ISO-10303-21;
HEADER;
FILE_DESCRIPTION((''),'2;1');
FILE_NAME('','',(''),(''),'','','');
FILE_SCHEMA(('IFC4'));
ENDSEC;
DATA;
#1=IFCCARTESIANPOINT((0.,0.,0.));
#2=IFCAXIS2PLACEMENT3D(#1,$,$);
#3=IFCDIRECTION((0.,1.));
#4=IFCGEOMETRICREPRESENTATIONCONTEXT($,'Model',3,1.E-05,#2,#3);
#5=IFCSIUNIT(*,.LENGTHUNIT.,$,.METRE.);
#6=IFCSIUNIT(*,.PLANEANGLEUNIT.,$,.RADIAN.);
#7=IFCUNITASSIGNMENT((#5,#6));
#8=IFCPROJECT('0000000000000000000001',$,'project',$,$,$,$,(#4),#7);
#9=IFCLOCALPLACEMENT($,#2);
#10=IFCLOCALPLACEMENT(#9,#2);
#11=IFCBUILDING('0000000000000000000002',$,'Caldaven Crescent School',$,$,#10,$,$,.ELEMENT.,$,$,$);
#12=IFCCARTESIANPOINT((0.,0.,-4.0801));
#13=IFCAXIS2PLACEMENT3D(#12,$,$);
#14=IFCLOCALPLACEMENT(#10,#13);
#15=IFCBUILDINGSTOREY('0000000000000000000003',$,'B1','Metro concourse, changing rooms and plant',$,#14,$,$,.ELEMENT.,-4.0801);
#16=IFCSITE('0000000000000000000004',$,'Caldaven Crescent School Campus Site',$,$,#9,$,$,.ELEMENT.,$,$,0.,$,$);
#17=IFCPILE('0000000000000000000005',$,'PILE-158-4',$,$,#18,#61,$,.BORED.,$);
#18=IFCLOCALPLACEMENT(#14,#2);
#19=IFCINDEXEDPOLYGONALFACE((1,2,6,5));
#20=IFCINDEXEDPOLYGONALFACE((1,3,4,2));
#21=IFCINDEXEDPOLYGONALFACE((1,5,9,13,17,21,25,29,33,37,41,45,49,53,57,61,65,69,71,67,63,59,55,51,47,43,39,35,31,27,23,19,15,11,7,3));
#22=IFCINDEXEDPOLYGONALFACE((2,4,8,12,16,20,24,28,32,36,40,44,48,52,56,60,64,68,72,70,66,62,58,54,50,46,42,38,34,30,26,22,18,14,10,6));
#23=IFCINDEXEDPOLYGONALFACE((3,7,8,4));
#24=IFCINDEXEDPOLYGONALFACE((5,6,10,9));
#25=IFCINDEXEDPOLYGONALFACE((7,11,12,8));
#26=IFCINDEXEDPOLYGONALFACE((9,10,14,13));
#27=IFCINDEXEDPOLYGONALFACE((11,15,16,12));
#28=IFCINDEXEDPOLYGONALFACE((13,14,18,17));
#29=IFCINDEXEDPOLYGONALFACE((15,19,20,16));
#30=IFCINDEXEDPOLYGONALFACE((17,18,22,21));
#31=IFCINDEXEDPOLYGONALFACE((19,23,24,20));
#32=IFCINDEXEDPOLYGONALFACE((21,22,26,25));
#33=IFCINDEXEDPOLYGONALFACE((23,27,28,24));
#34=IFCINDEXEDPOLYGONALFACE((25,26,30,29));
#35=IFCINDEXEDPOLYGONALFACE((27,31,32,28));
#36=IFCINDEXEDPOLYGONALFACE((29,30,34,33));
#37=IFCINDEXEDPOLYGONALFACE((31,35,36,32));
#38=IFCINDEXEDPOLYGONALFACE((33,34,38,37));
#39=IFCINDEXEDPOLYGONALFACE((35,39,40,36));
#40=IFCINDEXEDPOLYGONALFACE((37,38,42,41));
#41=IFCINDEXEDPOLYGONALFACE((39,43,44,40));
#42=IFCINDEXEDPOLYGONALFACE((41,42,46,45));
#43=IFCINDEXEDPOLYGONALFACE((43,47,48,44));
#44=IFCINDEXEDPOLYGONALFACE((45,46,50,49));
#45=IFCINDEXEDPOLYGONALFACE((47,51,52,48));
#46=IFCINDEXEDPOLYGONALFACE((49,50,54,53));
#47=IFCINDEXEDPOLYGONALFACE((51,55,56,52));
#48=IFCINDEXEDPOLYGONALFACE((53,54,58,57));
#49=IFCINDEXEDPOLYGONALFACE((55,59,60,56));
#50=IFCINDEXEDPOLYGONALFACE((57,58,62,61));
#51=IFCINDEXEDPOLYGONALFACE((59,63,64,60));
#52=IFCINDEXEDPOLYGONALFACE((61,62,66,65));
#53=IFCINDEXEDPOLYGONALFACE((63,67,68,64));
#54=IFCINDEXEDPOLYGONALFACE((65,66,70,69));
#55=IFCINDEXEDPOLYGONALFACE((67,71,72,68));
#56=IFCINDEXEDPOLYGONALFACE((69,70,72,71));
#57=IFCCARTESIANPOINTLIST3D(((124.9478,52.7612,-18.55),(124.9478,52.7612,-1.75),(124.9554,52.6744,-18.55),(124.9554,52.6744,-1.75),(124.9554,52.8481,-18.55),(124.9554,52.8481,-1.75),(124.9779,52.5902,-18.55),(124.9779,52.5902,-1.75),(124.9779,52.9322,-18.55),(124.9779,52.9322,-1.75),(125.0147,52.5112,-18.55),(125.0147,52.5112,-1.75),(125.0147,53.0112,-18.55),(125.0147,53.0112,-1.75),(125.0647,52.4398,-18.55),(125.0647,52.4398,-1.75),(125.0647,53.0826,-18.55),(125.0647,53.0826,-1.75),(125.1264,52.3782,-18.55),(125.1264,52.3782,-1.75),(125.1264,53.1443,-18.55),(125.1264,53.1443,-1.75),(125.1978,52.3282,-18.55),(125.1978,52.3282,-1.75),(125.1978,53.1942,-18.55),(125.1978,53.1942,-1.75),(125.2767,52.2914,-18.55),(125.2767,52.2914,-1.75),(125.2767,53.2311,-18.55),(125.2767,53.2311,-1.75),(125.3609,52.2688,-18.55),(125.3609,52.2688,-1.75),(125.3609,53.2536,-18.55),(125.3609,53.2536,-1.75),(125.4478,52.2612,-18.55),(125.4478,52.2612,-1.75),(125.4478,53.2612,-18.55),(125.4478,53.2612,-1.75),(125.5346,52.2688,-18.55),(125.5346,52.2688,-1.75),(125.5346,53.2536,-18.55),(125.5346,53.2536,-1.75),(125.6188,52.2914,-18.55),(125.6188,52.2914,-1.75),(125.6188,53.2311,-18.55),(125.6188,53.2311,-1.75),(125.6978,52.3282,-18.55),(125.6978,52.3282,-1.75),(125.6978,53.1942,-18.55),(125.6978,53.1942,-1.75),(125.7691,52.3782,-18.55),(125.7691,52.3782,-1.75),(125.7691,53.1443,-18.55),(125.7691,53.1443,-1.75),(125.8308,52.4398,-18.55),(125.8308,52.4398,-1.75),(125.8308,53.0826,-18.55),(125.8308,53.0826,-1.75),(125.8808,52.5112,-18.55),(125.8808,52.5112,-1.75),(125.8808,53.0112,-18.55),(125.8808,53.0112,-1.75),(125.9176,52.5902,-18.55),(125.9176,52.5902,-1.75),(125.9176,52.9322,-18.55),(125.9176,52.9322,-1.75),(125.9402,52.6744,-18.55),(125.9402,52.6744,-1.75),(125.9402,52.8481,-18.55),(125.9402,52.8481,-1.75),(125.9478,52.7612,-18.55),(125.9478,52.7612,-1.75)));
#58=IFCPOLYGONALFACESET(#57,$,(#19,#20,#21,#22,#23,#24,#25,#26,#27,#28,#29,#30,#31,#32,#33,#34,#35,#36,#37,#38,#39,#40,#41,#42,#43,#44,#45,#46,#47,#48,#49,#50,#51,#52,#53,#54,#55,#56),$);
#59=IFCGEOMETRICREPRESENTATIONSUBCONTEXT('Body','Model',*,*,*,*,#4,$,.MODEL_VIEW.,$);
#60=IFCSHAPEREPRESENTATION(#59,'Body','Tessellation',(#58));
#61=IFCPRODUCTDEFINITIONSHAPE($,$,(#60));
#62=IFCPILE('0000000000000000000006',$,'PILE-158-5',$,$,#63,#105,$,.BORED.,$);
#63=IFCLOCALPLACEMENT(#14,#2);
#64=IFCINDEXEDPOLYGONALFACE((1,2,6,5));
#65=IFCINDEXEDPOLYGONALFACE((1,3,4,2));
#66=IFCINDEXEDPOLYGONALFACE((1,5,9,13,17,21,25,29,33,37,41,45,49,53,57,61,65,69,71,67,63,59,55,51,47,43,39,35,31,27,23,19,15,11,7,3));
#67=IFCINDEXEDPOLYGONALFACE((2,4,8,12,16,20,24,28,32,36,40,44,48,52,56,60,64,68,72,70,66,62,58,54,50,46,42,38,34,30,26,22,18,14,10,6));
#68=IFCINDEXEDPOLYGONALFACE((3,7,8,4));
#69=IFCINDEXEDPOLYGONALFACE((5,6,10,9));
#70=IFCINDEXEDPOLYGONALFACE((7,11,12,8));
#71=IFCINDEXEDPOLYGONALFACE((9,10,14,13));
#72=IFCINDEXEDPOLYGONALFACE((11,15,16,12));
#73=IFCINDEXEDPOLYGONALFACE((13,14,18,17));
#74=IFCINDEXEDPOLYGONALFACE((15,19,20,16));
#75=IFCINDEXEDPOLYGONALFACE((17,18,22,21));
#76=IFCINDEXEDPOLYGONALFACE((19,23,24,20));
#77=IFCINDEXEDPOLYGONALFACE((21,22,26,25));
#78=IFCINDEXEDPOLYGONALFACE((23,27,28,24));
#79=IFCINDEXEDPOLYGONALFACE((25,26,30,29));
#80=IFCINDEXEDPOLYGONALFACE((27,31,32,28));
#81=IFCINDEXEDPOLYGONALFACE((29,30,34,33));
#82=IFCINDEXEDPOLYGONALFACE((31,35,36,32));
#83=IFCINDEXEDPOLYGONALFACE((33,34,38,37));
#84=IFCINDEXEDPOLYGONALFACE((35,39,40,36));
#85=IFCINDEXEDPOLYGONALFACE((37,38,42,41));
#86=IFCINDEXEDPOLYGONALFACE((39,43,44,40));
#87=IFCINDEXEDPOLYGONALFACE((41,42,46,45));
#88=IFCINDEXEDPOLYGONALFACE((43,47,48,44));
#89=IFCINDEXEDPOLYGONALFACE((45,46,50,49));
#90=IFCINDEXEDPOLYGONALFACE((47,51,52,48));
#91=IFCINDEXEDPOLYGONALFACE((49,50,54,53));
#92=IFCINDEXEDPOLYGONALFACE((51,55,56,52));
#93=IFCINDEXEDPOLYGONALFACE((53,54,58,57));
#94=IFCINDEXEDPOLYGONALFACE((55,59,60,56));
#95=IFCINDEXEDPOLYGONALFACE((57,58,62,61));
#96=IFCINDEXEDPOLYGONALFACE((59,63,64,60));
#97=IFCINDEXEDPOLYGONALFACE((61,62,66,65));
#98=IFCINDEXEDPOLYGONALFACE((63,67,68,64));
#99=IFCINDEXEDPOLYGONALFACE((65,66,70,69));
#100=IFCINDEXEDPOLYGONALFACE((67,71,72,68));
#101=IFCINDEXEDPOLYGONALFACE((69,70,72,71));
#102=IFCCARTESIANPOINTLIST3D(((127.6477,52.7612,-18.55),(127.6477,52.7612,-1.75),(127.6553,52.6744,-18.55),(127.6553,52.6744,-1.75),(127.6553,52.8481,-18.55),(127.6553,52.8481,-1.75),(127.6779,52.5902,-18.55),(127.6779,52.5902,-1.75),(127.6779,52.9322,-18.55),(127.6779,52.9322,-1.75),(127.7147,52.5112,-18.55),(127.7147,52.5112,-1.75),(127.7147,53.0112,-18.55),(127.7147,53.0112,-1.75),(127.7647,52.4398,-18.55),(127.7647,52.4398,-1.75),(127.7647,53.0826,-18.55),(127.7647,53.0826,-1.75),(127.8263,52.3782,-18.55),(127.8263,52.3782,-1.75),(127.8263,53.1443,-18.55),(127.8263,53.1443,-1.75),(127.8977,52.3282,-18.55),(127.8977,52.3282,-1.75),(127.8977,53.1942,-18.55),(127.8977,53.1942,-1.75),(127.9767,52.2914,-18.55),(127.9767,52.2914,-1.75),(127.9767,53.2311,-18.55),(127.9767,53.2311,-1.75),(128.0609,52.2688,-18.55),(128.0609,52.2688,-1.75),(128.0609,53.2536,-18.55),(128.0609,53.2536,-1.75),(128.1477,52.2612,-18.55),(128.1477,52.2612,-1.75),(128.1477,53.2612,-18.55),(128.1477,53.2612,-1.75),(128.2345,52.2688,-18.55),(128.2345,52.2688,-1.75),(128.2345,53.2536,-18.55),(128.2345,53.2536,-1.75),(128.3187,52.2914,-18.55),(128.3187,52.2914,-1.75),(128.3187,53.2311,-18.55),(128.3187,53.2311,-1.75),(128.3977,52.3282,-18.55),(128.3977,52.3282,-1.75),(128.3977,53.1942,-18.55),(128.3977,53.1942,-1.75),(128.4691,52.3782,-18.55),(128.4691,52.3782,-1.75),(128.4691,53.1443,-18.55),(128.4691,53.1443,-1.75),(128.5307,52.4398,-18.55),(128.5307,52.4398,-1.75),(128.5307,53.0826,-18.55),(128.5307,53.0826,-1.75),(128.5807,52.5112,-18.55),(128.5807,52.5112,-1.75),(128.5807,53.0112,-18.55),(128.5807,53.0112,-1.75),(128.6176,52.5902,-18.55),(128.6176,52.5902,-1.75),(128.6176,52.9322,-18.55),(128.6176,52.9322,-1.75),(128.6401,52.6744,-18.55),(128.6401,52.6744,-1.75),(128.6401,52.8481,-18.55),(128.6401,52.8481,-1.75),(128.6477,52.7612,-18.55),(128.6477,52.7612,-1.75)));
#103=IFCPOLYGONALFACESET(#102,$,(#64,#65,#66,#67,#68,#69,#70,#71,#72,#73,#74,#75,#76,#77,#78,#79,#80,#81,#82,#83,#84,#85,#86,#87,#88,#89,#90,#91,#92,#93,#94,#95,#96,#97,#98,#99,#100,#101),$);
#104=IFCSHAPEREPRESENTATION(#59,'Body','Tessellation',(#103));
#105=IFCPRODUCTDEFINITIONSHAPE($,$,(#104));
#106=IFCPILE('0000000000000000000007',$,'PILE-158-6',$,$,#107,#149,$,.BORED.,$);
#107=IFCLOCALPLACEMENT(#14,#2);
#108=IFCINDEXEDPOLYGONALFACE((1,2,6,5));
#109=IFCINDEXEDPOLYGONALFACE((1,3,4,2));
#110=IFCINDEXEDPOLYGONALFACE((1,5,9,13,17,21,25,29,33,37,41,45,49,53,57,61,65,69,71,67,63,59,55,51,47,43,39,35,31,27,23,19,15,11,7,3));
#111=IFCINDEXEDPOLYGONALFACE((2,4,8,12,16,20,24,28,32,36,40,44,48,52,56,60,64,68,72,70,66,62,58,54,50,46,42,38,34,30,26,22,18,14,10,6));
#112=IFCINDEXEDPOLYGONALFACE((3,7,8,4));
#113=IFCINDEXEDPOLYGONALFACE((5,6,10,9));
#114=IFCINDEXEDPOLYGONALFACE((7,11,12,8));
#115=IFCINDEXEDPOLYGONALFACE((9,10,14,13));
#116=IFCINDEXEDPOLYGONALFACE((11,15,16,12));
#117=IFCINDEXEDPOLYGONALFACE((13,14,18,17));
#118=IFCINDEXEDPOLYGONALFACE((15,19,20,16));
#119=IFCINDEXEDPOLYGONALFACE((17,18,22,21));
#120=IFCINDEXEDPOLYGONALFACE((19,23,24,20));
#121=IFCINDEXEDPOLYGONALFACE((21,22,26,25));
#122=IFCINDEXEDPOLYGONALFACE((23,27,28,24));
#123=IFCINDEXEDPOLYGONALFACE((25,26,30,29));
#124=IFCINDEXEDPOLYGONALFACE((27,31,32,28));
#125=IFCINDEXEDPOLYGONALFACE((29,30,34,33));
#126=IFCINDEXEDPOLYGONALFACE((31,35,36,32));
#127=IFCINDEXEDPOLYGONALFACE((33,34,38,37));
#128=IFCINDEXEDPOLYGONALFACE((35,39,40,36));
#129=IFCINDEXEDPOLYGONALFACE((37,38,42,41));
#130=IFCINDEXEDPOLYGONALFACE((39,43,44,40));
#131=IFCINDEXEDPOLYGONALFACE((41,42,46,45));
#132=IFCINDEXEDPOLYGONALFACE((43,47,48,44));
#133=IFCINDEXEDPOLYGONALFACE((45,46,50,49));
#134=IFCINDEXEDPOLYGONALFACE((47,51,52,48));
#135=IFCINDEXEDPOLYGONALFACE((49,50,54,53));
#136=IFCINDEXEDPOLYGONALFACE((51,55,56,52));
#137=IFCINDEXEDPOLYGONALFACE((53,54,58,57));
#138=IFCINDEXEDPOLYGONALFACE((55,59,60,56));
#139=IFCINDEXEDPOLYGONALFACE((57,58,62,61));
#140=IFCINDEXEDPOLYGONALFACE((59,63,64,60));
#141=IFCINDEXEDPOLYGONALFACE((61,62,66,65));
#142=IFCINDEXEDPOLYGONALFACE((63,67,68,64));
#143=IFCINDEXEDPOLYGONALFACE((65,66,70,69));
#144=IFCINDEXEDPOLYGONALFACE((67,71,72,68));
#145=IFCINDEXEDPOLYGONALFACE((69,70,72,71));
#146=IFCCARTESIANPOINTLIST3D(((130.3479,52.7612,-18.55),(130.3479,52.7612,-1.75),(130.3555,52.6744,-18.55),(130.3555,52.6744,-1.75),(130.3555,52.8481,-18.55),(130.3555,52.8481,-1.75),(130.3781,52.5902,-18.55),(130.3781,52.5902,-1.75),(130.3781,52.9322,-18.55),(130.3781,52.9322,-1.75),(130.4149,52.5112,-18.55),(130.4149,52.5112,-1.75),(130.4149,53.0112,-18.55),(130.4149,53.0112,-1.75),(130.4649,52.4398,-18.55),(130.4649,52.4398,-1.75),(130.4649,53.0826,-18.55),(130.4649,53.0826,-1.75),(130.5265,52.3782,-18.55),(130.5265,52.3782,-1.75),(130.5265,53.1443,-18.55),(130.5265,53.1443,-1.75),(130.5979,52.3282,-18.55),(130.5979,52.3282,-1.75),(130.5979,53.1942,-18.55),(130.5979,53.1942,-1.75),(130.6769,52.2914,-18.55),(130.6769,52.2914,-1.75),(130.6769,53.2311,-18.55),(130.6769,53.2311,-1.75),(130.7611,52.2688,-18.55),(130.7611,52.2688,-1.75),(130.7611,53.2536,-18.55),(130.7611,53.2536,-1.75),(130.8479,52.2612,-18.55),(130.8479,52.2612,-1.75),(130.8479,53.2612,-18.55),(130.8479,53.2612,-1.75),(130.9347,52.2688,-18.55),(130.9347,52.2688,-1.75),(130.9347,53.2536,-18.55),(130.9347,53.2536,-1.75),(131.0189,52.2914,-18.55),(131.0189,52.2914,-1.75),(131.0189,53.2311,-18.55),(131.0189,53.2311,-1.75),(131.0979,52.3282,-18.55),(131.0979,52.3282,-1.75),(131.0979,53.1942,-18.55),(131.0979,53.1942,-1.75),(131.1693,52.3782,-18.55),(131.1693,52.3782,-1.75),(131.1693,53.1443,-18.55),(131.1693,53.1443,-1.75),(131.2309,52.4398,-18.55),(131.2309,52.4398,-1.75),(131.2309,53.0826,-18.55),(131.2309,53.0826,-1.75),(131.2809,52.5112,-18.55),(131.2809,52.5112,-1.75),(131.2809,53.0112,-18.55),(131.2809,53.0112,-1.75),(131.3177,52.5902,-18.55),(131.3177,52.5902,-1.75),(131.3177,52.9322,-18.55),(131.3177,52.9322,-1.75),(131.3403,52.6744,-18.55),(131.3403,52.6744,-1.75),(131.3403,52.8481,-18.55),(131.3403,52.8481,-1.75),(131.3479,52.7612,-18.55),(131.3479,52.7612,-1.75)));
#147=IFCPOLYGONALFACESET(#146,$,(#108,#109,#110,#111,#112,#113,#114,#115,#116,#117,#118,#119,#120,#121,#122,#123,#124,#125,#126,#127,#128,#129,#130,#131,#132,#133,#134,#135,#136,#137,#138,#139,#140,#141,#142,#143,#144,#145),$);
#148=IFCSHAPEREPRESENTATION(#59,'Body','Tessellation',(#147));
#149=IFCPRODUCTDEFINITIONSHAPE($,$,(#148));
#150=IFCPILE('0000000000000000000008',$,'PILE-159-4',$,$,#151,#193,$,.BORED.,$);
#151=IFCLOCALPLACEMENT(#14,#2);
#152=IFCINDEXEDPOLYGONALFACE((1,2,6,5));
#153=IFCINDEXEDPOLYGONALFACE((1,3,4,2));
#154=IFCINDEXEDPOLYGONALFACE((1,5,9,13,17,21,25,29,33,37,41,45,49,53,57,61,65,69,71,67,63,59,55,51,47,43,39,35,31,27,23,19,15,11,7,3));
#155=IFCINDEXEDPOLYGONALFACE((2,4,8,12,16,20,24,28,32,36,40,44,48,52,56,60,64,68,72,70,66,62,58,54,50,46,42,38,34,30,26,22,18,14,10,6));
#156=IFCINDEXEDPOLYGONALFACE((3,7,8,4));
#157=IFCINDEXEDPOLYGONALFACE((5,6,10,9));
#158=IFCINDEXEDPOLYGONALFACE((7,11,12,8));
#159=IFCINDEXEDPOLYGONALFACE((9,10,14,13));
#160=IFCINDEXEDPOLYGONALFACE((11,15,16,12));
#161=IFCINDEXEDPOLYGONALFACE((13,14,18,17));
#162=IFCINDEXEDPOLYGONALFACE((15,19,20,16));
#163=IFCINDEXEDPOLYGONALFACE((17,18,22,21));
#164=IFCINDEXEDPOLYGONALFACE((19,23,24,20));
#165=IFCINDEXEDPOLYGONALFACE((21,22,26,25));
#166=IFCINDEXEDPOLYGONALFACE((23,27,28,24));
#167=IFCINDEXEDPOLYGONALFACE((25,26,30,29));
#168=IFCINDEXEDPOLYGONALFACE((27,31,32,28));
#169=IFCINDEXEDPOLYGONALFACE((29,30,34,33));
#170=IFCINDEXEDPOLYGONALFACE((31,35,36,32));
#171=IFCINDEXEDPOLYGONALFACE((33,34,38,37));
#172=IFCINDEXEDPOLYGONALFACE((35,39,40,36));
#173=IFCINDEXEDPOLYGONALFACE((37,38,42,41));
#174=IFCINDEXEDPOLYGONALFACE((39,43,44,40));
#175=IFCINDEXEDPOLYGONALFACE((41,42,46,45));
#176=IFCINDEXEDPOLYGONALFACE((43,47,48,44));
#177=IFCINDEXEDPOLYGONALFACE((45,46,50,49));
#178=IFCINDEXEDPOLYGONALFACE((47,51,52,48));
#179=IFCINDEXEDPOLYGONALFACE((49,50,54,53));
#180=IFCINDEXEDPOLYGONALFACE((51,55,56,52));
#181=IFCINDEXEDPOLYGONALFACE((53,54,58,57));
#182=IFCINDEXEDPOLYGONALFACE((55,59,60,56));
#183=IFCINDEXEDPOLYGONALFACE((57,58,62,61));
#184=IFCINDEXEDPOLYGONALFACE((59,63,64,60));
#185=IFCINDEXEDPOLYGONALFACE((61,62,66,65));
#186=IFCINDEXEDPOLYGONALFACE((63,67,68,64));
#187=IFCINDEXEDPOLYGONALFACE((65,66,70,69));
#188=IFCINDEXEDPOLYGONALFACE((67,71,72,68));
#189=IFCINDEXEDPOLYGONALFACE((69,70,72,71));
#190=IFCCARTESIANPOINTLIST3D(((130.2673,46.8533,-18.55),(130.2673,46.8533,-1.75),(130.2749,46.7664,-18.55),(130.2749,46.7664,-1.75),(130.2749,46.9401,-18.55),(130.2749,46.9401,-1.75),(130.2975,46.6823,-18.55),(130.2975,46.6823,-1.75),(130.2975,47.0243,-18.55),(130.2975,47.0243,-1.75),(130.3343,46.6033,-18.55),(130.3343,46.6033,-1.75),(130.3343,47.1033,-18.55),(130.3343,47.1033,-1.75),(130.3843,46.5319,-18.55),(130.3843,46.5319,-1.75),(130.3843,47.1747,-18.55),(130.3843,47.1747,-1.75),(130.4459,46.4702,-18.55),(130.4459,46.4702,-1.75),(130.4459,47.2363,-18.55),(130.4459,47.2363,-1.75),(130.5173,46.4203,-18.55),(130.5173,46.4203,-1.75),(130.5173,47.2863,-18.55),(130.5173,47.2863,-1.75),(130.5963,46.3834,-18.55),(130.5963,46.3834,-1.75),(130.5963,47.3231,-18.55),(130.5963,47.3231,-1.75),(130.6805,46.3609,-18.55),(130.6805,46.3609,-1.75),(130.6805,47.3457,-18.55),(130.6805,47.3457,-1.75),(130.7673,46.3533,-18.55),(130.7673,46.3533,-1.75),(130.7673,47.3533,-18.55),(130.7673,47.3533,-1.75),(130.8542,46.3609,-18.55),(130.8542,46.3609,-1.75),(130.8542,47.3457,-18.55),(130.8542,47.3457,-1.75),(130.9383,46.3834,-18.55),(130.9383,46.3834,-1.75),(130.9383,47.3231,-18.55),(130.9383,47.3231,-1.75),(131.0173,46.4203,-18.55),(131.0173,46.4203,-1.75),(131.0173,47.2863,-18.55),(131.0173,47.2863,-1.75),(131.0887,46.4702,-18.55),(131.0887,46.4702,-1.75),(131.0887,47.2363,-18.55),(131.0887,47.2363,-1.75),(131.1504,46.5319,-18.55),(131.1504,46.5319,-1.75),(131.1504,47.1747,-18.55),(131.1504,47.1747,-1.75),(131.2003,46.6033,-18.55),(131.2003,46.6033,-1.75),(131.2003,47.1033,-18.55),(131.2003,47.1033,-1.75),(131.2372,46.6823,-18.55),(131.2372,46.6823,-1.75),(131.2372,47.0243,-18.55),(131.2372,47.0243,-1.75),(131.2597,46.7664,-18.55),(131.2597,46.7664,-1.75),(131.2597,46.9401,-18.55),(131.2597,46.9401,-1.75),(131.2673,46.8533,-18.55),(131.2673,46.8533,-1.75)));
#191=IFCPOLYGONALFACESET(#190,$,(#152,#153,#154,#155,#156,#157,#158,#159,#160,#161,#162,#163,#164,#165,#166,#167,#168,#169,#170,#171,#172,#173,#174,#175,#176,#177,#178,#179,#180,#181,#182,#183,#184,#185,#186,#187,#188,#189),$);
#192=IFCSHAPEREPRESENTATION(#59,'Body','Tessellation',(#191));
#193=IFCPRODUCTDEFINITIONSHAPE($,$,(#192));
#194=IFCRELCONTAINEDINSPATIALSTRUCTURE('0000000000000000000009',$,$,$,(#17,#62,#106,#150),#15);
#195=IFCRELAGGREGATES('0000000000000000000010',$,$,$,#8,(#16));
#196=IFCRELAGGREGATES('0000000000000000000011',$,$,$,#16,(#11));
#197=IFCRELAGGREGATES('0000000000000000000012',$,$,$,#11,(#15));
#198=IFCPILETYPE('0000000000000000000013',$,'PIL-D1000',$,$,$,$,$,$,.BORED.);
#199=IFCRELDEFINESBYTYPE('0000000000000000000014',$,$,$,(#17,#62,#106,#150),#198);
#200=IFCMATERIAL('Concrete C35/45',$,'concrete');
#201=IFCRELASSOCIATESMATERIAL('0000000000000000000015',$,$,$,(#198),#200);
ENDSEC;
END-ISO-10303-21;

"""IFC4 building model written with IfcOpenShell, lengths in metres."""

from ifc_helpers import new_model, si_unit, direction, frame, origin, origin_2d, place, context, subcontext, project, spatial, circle, extrude, material, material_profile, profile_set, type_object, element, save


model = new_model("IFC4")

# Units and contexts
model_context = context("Model", 3, precision=1e-05, world=origin(), true_north=direction((0.0, 1.0)))
body_context = subcontext(model_context, "Body", "Model", "MODEL_VIEW")
ifc_project = project(units=[si_unit("LENGTHUNIT", "METRE"), si_unit("PLANEANGLEUNIT", "RADIAN")], contexts=[model_context])

# Site, building, storey
site_placement = place(None, origin())
site = spatial("IfcSite", under=ifc_project, at=site_placement, Name="Caldaven Crescent School Campus Site", CompositionType="ELEMENT", RefElevation=0.0)
building_placement = place(site_placement, origin())
building = spatial("IfcBuilding", under=site, at=building_placement, Name="Caldaven Crescent School", CompositionType="ELEMENT")
storey_placement = place(building_placement, frame((0.0, 0.0, -4.0801)))
storey = spatial("IfcBuildingStorey", under=building, at=storey_placement, Name="B1", Description="Metro concourse, changing rooms and plant", CompositionType="ELEMENT", Elevation=-4.0801)

# Shared definitions
ifc_material_1 = material(Name="Concrete C35/45", Category="concrete")

# Piles
ifc_material_profile_1 = material_profile(ifc_material_1, circle(Radius=0.5, at=origin_2d()), Name="PILE D1000")
ifc_profile_set_1 = profile_set([ifc_material_profile_1], Name="Concrete C35/45")
pile_type = type_object("IfcPileType", Name="PIL-D1000", PredefinedType="BORED", material=ifc_profile_set_1)
for number, where, z_axis, x_axis, name in (
    (1, (125.4478, 52.7612, -1.75), (0.0, 0.0, -1.0), (1.0, 0.0, 0.0), "PILE-158-4"),
    (2, (128.1477, 52.7612, -1.75), (0.0, 0.0, -1.0), (1.0, 0.0, 0.0), "PILE-158-5"),
    (3, (130.8479, 52.7612, -1.75), (0.0, 0.0, -1.0), (1.0, 0.0, 0.0), "PILE-158-6"),
    (4, (130.7673, 46.8533, -1.75), (0.0, 0.0, -1.0), (1.0, 0.0, 0.0), "PILE-159-4"),
):
    element("IfcPile", number, at=place(storey_placement, frame(where, z_axis=z_axis, x_axis=x_axis)), inside=storey, type_object=pile_type, Name=name, PredefinedType="BORED", context=body_context, shape_type="SweptSolid", body=[
        extrude(circle(Radius=0.5, at=origin_2d()), origin(), (0.0, 0.0, 1.0), 16.8),
    ])

save(model, "model.ifc")
